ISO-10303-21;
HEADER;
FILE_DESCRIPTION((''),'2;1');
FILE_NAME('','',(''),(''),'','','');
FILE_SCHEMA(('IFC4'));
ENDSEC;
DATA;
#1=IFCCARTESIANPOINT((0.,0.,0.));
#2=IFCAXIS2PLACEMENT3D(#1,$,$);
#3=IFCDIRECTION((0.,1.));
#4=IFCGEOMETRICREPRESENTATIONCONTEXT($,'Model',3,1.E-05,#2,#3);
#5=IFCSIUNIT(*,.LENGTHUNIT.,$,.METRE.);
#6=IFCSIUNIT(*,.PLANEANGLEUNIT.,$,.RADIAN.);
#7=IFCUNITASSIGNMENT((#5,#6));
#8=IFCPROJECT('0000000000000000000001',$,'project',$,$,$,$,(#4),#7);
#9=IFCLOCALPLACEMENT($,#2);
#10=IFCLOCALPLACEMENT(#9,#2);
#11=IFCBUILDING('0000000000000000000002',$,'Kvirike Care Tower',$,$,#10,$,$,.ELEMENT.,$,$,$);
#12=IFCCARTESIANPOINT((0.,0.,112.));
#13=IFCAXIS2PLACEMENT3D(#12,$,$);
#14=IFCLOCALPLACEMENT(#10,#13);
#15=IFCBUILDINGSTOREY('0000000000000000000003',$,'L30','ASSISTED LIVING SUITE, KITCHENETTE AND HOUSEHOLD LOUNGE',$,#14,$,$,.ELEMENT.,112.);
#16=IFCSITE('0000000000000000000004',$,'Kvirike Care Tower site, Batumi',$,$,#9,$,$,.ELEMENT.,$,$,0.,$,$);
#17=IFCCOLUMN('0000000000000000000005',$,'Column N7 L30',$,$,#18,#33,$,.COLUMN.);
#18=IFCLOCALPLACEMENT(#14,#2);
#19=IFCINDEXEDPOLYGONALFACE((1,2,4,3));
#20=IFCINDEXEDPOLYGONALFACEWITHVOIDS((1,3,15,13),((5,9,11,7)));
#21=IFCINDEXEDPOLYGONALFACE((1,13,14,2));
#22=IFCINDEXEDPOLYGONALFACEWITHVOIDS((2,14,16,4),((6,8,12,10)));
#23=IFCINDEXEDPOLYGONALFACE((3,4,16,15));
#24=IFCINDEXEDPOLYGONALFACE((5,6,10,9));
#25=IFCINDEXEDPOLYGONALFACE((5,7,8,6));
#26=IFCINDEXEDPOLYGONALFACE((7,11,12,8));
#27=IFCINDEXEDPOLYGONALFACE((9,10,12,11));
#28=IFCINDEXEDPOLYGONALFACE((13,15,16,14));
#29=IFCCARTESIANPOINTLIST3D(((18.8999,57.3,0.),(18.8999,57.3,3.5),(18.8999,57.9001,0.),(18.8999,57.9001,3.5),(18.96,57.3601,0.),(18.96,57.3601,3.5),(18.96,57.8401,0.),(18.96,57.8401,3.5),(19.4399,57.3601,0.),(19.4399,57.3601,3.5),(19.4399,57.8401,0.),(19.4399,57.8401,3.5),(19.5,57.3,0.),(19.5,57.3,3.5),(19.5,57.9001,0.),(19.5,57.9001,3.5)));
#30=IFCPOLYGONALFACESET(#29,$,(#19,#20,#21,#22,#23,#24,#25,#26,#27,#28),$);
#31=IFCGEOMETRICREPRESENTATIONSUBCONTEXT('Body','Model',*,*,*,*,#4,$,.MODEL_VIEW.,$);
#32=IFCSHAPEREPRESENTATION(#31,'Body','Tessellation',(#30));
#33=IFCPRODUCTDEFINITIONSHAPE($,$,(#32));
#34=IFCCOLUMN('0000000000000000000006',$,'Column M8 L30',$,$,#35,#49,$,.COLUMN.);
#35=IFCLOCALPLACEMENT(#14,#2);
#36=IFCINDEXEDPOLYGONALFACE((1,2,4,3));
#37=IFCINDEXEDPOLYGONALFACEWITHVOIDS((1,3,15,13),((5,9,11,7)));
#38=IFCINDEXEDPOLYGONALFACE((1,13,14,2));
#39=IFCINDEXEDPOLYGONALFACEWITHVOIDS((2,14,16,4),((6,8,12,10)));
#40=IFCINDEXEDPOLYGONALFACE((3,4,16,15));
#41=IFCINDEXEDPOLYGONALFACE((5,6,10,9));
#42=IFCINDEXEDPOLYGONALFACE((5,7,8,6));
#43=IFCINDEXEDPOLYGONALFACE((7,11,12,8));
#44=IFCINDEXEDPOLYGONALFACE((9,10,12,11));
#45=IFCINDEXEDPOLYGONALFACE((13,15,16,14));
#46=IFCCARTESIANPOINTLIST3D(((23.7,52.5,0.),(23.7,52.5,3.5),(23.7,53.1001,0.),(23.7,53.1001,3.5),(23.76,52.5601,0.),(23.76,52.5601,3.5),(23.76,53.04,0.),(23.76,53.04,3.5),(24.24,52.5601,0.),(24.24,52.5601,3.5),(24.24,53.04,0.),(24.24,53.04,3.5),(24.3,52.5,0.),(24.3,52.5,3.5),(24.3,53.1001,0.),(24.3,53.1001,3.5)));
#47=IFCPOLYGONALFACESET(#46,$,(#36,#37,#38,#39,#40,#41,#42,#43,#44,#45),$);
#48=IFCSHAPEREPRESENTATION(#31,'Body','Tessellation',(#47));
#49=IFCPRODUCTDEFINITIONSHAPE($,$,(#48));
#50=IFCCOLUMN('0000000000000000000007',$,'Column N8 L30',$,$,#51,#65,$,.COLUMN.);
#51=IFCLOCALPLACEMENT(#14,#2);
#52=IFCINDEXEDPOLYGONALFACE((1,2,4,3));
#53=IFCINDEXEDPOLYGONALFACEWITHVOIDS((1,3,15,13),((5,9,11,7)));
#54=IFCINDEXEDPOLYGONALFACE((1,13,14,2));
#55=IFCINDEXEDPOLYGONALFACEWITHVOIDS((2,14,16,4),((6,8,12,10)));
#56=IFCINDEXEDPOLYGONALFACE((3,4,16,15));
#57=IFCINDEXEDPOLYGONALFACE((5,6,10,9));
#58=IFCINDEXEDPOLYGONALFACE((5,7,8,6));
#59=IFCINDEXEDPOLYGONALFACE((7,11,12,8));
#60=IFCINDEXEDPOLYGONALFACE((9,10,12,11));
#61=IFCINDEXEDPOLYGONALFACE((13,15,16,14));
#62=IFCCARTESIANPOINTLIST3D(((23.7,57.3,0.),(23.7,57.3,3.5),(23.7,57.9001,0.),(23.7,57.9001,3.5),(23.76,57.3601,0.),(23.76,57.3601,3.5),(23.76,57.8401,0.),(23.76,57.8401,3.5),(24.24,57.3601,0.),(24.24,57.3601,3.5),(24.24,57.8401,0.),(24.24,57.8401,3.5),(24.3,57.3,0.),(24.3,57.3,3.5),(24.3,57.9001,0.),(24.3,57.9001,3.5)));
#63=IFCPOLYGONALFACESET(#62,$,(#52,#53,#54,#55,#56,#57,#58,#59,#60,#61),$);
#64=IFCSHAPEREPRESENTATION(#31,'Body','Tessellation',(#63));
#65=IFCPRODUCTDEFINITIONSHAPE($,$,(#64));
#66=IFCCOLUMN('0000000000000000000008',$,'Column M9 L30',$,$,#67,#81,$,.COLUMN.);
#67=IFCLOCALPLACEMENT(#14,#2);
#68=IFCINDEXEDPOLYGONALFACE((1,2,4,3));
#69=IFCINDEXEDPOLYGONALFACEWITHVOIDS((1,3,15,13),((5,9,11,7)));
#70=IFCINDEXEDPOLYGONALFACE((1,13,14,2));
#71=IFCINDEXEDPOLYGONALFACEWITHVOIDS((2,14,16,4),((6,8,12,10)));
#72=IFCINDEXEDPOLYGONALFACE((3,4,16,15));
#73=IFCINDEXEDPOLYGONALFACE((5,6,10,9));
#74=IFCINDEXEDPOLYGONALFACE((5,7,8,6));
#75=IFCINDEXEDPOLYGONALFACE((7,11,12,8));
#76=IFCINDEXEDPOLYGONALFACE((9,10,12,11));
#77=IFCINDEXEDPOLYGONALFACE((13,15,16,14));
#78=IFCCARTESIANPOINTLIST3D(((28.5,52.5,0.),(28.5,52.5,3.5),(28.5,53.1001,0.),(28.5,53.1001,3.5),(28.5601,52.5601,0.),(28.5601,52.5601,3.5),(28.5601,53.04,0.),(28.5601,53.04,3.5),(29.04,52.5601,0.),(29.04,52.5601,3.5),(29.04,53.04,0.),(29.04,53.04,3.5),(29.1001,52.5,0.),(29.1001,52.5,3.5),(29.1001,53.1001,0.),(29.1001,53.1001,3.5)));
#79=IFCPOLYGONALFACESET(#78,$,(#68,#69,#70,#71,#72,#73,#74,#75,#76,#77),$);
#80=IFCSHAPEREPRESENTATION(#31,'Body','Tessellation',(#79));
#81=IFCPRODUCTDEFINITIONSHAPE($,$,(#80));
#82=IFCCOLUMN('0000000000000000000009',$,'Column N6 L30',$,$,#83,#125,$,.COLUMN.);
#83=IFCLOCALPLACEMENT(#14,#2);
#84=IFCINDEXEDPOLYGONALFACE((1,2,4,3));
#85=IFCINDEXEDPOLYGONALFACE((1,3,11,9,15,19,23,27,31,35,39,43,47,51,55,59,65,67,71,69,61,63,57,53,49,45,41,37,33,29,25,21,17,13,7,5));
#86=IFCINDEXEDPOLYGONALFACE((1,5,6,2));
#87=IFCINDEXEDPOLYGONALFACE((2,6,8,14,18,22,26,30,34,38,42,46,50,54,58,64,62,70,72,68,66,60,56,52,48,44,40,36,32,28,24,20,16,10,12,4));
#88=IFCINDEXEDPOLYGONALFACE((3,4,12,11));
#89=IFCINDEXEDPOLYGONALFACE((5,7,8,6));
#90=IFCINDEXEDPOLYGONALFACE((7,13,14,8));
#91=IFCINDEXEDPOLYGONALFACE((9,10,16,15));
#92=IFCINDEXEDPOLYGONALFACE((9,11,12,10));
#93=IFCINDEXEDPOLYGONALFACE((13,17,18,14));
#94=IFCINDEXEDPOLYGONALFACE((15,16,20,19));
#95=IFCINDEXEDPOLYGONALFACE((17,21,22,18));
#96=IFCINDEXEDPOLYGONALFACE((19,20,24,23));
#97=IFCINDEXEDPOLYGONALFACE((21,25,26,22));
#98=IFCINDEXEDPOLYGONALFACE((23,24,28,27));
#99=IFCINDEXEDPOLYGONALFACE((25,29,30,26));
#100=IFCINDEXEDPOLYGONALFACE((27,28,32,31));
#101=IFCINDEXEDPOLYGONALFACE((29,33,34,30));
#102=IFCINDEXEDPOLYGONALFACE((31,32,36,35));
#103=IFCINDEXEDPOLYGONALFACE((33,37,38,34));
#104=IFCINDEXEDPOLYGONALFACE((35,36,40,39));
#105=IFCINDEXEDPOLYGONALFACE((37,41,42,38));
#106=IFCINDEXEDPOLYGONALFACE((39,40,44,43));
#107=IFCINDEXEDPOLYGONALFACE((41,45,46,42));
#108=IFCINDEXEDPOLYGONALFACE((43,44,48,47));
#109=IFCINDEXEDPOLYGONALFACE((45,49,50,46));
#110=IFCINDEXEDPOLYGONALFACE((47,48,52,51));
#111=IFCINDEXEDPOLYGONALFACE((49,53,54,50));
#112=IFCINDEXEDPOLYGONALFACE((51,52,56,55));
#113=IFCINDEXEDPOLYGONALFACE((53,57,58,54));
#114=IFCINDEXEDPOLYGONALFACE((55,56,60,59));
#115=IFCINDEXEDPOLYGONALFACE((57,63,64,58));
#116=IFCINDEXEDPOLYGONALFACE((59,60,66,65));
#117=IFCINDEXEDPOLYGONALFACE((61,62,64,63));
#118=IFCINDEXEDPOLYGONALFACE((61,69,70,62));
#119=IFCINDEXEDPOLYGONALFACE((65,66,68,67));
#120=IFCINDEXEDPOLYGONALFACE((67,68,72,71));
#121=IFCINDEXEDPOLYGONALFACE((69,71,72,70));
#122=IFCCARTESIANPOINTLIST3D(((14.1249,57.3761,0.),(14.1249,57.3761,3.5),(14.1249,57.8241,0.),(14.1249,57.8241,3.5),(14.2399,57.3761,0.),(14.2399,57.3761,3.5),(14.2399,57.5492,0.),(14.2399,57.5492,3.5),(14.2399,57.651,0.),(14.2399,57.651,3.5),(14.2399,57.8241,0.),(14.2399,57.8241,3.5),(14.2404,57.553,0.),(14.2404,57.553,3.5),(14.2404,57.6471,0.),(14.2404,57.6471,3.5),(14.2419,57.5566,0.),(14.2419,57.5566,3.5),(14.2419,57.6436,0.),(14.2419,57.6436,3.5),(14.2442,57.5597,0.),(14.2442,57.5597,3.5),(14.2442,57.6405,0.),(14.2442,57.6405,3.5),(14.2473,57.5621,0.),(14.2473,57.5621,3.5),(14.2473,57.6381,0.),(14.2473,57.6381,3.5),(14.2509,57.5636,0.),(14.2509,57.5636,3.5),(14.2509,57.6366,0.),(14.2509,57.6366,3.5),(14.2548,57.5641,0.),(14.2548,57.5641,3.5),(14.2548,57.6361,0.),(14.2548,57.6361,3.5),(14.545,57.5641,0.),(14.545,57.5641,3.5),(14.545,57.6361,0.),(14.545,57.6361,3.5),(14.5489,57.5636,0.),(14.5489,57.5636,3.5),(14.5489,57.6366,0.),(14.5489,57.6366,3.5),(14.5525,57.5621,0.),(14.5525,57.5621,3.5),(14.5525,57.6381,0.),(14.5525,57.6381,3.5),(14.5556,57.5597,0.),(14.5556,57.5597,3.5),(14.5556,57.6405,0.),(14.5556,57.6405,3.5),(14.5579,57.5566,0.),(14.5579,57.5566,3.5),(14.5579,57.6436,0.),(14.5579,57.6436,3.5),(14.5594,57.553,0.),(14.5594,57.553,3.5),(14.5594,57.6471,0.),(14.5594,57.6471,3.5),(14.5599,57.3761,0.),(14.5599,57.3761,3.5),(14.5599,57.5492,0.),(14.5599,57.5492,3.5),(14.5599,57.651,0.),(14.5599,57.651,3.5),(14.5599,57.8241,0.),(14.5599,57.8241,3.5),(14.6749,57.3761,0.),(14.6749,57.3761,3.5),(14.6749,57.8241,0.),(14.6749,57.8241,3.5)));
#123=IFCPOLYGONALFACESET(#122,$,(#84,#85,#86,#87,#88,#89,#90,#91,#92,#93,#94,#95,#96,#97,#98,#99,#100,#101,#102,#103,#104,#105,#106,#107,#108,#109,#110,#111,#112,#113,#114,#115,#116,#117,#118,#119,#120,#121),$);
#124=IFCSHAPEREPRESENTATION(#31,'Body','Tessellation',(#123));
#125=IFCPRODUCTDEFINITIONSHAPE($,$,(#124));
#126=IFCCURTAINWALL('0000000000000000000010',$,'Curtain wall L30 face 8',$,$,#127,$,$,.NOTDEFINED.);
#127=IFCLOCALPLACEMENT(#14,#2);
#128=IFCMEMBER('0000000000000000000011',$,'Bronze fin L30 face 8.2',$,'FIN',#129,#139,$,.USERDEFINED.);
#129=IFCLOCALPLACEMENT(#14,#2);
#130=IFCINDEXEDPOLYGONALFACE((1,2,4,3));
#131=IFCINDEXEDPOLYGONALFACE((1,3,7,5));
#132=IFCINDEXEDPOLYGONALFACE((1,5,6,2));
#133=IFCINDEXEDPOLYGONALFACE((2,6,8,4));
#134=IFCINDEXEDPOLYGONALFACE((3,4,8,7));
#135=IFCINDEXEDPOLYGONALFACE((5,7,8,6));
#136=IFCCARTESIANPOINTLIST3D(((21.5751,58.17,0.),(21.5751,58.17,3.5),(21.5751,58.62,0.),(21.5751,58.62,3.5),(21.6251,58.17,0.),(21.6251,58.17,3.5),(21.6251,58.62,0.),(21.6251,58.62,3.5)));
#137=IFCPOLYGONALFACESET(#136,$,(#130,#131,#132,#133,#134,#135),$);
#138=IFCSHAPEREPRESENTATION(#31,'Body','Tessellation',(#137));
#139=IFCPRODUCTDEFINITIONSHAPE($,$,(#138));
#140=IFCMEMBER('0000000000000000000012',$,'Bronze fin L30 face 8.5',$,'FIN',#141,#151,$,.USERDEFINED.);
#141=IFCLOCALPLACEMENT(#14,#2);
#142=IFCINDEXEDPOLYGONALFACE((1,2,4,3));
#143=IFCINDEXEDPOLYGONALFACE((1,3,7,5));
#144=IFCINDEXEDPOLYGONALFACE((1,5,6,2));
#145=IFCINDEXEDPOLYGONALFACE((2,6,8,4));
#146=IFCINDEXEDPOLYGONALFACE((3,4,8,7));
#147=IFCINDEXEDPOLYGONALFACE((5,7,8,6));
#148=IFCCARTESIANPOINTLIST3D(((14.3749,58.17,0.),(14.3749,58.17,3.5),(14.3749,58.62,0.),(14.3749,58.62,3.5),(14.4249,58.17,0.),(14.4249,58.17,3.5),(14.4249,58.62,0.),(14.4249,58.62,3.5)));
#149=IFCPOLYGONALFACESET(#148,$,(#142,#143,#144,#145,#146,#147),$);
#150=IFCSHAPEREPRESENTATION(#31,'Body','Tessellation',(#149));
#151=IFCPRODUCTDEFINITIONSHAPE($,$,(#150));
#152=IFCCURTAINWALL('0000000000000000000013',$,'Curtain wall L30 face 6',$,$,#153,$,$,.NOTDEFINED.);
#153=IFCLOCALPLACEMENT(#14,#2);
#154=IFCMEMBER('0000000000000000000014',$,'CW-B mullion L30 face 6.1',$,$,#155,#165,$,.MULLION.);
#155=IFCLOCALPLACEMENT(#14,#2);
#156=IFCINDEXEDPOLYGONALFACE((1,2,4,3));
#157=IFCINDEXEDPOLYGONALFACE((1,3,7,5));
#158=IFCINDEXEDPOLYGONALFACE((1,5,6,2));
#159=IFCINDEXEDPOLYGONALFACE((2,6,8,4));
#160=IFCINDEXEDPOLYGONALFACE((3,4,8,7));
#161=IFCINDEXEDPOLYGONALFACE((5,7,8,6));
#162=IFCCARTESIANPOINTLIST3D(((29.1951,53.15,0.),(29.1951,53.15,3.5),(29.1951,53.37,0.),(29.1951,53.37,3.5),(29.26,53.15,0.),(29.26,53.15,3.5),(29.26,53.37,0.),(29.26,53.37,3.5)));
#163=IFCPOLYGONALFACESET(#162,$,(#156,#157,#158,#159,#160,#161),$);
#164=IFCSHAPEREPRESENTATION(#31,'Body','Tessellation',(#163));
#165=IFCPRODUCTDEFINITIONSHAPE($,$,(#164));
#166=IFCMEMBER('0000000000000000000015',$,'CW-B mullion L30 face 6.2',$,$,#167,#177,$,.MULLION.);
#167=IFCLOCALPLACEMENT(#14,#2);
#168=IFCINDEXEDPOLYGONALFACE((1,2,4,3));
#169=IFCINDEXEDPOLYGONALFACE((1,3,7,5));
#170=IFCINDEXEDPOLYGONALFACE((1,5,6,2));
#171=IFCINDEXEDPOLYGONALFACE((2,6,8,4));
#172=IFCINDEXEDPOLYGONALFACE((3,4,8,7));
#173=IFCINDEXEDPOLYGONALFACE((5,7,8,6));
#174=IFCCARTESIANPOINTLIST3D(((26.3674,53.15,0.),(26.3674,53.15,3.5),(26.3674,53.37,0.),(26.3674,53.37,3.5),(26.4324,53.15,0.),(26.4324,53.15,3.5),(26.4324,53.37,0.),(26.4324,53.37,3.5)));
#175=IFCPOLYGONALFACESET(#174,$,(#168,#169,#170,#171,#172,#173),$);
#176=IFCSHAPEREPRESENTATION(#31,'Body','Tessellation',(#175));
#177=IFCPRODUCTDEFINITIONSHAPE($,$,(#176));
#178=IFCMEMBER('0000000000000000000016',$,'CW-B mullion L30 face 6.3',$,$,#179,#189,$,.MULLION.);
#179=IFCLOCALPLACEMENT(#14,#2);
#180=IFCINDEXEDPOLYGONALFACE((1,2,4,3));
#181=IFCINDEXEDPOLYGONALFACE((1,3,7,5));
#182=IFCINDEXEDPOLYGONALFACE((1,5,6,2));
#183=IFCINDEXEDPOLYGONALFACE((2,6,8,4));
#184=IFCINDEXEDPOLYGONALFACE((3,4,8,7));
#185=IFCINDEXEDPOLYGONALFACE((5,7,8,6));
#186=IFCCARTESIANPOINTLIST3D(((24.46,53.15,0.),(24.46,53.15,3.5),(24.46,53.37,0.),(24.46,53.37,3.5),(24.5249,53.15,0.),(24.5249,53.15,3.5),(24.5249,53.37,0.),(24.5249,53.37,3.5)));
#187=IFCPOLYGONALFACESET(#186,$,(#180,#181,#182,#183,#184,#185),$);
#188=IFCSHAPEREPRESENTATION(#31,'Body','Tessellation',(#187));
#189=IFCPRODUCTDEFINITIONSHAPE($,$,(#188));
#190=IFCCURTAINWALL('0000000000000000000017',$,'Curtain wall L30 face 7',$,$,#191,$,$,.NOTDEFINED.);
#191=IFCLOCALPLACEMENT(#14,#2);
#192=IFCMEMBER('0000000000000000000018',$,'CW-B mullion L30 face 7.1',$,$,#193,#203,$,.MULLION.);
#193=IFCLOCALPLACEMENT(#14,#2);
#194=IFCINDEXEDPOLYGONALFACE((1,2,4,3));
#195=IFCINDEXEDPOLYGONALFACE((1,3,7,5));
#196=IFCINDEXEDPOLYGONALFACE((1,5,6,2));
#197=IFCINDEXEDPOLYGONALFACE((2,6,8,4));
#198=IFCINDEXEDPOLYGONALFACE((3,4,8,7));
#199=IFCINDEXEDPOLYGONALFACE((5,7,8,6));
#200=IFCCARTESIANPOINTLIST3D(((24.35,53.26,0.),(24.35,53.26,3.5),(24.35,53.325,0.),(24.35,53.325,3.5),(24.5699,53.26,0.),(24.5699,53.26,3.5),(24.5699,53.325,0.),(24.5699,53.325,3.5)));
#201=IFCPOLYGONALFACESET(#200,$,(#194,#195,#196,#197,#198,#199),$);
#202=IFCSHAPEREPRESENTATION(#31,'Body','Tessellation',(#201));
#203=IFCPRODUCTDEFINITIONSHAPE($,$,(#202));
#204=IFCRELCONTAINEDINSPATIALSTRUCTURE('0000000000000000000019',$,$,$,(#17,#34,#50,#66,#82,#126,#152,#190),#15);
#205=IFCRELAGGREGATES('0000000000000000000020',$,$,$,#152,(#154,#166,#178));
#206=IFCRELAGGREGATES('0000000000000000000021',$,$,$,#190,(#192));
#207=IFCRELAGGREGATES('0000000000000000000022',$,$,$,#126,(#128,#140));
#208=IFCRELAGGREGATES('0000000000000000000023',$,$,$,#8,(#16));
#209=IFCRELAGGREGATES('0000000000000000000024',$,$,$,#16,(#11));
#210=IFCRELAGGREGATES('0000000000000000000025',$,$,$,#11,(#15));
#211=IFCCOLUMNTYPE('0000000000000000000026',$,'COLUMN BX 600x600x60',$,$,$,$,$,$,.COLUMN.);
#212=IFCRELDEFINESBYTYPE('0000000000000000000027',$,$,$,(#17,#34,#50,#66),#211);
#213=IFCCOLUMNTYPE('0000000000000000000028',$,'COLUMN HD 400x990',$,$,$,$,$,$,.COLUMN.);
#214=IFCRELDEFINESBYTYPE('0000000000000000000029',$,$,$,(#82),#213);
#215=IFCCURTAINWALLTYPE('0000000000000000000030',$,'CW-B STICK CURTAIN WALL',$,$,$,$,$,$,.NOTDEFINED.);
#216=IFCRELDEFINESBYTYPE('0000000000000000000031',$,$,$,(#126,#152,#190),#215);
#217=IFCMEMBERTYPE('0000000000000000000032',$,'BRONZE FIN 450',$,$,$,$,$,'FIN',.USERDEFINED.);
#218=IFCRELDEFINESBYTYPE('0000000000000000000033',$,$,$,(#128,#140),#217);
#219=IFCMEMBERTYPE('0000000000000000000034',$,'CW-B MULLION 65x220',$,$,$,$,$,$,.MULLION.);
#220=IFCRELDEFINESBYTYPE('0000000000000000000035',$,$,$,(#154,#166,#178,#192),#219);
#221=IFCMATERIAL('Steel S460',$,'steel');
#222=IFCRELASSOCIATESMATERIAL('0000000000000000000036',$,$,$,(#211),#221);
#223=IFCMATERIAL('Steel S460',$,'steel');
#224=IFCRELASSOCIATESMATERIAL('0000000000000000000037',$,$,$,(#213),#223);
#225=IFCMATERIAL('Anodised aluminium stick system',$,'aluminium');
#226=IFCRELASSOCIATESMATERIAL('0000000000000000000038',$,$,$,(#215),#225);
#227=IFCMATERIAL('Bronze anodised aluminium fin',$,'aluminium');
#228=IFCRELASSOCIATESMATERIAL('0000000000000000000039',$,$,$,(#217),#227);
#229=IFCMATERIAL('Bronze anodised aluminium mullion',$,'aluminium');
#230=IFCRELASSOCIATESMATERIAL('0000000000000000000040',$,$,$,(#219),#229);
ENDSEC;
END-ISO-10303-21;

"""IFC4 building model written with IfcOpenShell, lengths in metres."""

from ifc_helpers import new_model, si_unit, direction, frame, origin, origin_2d, place, context, subcontext, project, spatial, rectangle, hollow_rectangle, i_section, extrude, material, material_profile, profile_set, type_object, element, aggregate, save


model = new_model("IFC4")

# Units and contexts
model_context = context("Model", 3, precision=1e-05, world=origin(), true_north=direction((0.0, 1.0)))
body_context = subcontext(model_context, "Body", "Model", "MODEL_VIEW")
ifc_project = project(units=[si_unit("LENGTHUNIT", "METRE"), si_unit("PLANEANGLEUNIT", "RADIAN")], contexts=[model_context])

# Site, building, storey
site_placement = place(None, origin())
site = spatial("IfcSite", under=ifc_project, at=site_placement, Name="Kvirike Care Tower site, Batumi", CompositionType="ELEMENT", RefElevation=0.0)
building_placement = place(site_placement, origin())
building = spatial("IfcBuilding", under=site, at=building_placement, Name="Kvirike Care Tower", CompositionType="ELEMENT")
storey_placement = place(building_placement, frame((0.0, 0.0, 112.0)))
storey = spatial("IfcBuildingStorey", under=building, at=storey_placement, Name="L30", Description="ASSISTED LIVING SUITE, KITCHENETTE AND HOUSEHOLD LOUNGE", CompositionType="ELEMENT", Elevation=112.0)

# Columns
ifc_material_1 = material(Name="Steel S460", Category="steel")
ifc_material_profile_1 = material_profile(ifc_material_1, hollow_rectangle(XDim=0.6001, YDim=0.6001, WallThickness=0.0601, at=origin_2d()), Name="BX 600x600x60")
ifc_profile_set_1 = profile_set([ifc_material_profile_1], Name="Steel S460")
column_type_1 = type_object("IfcColumnType", Name="COLUMN BX 600x600x60", PredefinedType="COLUMN", material=ifc_profile_set_1)
for number, where, z_axis, x_axis, name in (
    (1, (19.2, 57.6001, 0.0), (0.0, 0.0, 1.0), (0.0, 1.0, 0.0), "Column N7 L30"),
    (2, (24.0, 52.8, 0.0), (0.0, 0.0, 1.0), (0.0, 1.0, 0.0), "Column M8 L30"),
    (3, (24.0, 57.6001, 0.0), (0.0, 0.0, 1.0), (0.0, 1.0, 0.0), "Column N8 L30"),
    (4, (28.8, 52.8, 0.0), (0.0, 0.0, 1.0), (0.0, 1.0, 0.0), "Column M9 L30"),
):
    element("IfcColumn", number, at=place(storey_placement, frame(where, z_axis=z_axis, x_axis=x_axis)), inside=storey, type_object=column_type_1, Name=name, PredefinedType="COLUMN", context=body_context, shape_type="SweptSolid", body=[
        extrude(hollow_rectangle(XDim=0.6001, YDim=0.6001, WallThickness=0.0601, at=origin_2d()), origin(), (0.0, 0.0, 1.0), 3.5),
    ])
ifc_material_2 = material(Name="Steel S460", Category="steel")
ifc_material_profile_2 = material_profile(ifc_material_2, i_section(OverallWidth=0.448, OverallDepth=0.55, WebThickness=0.072, FlangeThickness=0.115, FilletRadius=0.0149, at=origin_2d()), Name="HD 400x990")
ifc_profile_set_2 = profile_set([ifc_material_profile_2], Name="Steel S460")
column_type_2 = type_object("IfcColumnType", Name="COLUMN HD 400x990", PredefinedType="COLUMN", material=ifc_profile_set_2)
column_placement = place(storey_placement, frame((14.3999, 57.6001, 0.0), z_axis=(0.0, 0.0, 1.0), x_axis=(0.0, 1.0, 0.0)))
element("IfcColumn", 5, at=column_placement, inside=storey, type_object=column_type_2, Name="Column N6 L30", PredefinedType="COLUMN", context=body_context, shape_type="SweptSolid", body=[
    extrude(i_section(OverallWidth=0.448, OverallDepth=0.55, WebThickness=0.072, FlangeThickness=0.115, FilletRadius=0.0149, at=origin_2d()), origin(), (0.0, 0.0, 1.0), 3.5),
])

# Curtain walls, members
ifc_material_3 = material(Name="Anodised aluminium stick system", Category="aluminium")
curtain_wall_type = type_object("IfcCurtainWallType", Name="CW-B STICK CURTAIN WALL", PredefinedType="NOTDEFINED", material=ifc_material_3)
curtain_wall_1_placement = place(storey_placement, origin())
curtain_wall_1 = element("IfcCurtainWall", 6, at=curtain_wall_1_placement, inside=storey, type_object=curtain_wall_type, Name="Curtain wall L30 face 8", PredefinedType="NOTDEFINED")
ifc_material_4 = material(Name="Bronze anodised aluminium fin", Category="aluminium")
ifc_material_profile_3 = material_profile(ifc_material_4, rectangle(XDim=0.05, YDim=0.45, at=origin_2d()), Name="BRONZE FIN 450")
ifc_profile_set_3 = profile_set([ifc_material_profile_3], Name="Bronze anodised aluminium fin")
member_type_1 = type_object("IfcMemberType", Name="BRONZE FIN 450", ElementType="FIN", PredefinedType="USERDEFINED", material=ifc_profile_set_3)
member_1_placement = place(storey_placement, frame((21.6001, 58.395, 0.0), z_axis=(0.0, 0.0, 1.0), x_axis=(-1.0, 0.0, 0.0)))
member_1 = element("IfcMember", 7, at=member_1_placement, type_object=member_type_1, Name="Bronze fin L30 face 8.2", ObjectType="FIN", PredefinedType="USERDEFINED", context=body_context, shape_type="SweptSolid", body=[
    extrude(rectangle(XDim=0.05, YDim=0.45, at=origin_2d()), origin(), (0.0, 0.0, 1.0), 3.5),
])
member_2_placement = place(storey_placement, frame((14.3999, 58.395, 0.0), z_axis=(0.0, 0.0, 1.0), x_axis=(-1.0, 0.0, 0.0)))
member_2 = element("IfcMember", 8, at=member_2_placement, type_object=member_type_1, Name="Bronze fin L30 face 8.5", ObjectType="FIN", PredefinedType="USERDEFINED", context=body_context, shape_type="SweptSolid", body=[
    extrude(rectangle(XDim=0.05, YDim=0.45, at=origin_2d()), origin(), (0.0, 0.0, 1.0), 3.5),
])
curtain_wall_2_placement = place(storey_placement, origin())
curtain_wall_2 = element("IfcCurtainWall", 9, at=curtain_wall_2_placement, inside=storey, type_object=curtain_wall_type, Name="Curtain wall L30 face 6", PredefinedType="NOTDEFINED")
ifc_material_5 = material(Name="Bronze anodised aluminium mullion", Category="aluminium")
ifc_material_profile_4 = material_profile(ifc_material_5, rectangle(XDim=0.0649, YDim=0.22, at=origin_2d()), Name="CW-B MULLION 65x220")
ifc_profile_set_4 = profile_set([ifc_material_profile_4], Name="Bronze anodised aluminium mullion")
member_type_2 = type_object("IfcMemberType", Name="CW-B MULLION 65x220", PredefinedType="MULLION", material=ifc_profile_set_4)
member_3_placement = place(storey_placement, frame((29.2275, 53.26, 0.0), z_axis=(0.0, 0.0, 1.0), x_axis=(-1.0, 0.0, 0.0)))
member_3 = element("IfcMember", 10, at=member_3_placement, type_object=member_type_2, Name="CW-B mullion L30 face 6.1", PredefinedType="MULLION", context=body_context, shape_type="SweptSolid", body=[
    extrude(rectangle(XDim=0.0649, YDim=0.22, at=origin_2d()), origin(), (0.0, 0.0, 1.0), 3.5),
])
member_4_placement = place(storey_placement, frame((26.3999, 53.26, 0.0), z_axis=(0.0, 0.0, 1.0), x_axis=(-1.0, 0.0, 0.0)))
member_4 = element("IfcMember", 11, at=member_4_placement, type_object=member_type_2, Name="CW-B mullion L30 face 6.2", PredefinedType="MULLION", context=body_context, shape_type="SweptSolid", body=[
    extrude(rectangle(XDim=0.0649, YDim=0.22, at=origin_2d()), origin(), (0.0, 0.0, 1.0), 3.5),
])
member_5_placement = place(storey_placement, frame((24.4924, 53.26, 0.0), z_axis=(0.0, 0.0, 1.0), x_axis=(-1.0, 0.0, 0.0)))
member_5 = element("IfcMember", 12, at=member_5_placement, type_object=member_type_2, Name="CW-B mullion L30 face 6.3", PredefinedType="MULLION", context=body_context, shape_type="SweptSolid", body=[
    extrude(rectangle(XDim=0.0649, YDim=0.22, at=origin_2d()), origin(), (0.0, 0.0, 1.0), 3.5),
])
curtain_wall_3_placement = place(storey_placement, origin())
curtain_wall_3 = element("IfcCurtainWall", 13, at=curtain_wall_3_placement, inside=storey, type_object=curtain_wall_type, Name="Curtain wall L30 face 7", PredefinedType="NOTDEFINED")
member_6_placement = place(storey_placement, frame((24.46, 53.2925, 0.0), z_axis=(0.0, 0.0, 1.0), x_axis=(0.0, 1.0, 0.0)))
member_6 = element("IfcMember", 14, at=member_6_placement, type_object=member_type_2, Name="CW-B mullion L30 face 7.1", PredefinedType="MULLION", context=body_context, shape_type="SweptSolid", body=[
    extrude(rectangle(XDim=0.0649, YDim=0.22, at=origin_2d()), origin(), (0.0, 0.0, 1.0), 3.5),
])

aggregate(curtain_wall_2, [member_3, member_4, member_5])
aggregate(curtain_wall_3, [member_6])
aggregate(curtain_wall_1, [member_1, member_2])

save(model, "model.ifc")
